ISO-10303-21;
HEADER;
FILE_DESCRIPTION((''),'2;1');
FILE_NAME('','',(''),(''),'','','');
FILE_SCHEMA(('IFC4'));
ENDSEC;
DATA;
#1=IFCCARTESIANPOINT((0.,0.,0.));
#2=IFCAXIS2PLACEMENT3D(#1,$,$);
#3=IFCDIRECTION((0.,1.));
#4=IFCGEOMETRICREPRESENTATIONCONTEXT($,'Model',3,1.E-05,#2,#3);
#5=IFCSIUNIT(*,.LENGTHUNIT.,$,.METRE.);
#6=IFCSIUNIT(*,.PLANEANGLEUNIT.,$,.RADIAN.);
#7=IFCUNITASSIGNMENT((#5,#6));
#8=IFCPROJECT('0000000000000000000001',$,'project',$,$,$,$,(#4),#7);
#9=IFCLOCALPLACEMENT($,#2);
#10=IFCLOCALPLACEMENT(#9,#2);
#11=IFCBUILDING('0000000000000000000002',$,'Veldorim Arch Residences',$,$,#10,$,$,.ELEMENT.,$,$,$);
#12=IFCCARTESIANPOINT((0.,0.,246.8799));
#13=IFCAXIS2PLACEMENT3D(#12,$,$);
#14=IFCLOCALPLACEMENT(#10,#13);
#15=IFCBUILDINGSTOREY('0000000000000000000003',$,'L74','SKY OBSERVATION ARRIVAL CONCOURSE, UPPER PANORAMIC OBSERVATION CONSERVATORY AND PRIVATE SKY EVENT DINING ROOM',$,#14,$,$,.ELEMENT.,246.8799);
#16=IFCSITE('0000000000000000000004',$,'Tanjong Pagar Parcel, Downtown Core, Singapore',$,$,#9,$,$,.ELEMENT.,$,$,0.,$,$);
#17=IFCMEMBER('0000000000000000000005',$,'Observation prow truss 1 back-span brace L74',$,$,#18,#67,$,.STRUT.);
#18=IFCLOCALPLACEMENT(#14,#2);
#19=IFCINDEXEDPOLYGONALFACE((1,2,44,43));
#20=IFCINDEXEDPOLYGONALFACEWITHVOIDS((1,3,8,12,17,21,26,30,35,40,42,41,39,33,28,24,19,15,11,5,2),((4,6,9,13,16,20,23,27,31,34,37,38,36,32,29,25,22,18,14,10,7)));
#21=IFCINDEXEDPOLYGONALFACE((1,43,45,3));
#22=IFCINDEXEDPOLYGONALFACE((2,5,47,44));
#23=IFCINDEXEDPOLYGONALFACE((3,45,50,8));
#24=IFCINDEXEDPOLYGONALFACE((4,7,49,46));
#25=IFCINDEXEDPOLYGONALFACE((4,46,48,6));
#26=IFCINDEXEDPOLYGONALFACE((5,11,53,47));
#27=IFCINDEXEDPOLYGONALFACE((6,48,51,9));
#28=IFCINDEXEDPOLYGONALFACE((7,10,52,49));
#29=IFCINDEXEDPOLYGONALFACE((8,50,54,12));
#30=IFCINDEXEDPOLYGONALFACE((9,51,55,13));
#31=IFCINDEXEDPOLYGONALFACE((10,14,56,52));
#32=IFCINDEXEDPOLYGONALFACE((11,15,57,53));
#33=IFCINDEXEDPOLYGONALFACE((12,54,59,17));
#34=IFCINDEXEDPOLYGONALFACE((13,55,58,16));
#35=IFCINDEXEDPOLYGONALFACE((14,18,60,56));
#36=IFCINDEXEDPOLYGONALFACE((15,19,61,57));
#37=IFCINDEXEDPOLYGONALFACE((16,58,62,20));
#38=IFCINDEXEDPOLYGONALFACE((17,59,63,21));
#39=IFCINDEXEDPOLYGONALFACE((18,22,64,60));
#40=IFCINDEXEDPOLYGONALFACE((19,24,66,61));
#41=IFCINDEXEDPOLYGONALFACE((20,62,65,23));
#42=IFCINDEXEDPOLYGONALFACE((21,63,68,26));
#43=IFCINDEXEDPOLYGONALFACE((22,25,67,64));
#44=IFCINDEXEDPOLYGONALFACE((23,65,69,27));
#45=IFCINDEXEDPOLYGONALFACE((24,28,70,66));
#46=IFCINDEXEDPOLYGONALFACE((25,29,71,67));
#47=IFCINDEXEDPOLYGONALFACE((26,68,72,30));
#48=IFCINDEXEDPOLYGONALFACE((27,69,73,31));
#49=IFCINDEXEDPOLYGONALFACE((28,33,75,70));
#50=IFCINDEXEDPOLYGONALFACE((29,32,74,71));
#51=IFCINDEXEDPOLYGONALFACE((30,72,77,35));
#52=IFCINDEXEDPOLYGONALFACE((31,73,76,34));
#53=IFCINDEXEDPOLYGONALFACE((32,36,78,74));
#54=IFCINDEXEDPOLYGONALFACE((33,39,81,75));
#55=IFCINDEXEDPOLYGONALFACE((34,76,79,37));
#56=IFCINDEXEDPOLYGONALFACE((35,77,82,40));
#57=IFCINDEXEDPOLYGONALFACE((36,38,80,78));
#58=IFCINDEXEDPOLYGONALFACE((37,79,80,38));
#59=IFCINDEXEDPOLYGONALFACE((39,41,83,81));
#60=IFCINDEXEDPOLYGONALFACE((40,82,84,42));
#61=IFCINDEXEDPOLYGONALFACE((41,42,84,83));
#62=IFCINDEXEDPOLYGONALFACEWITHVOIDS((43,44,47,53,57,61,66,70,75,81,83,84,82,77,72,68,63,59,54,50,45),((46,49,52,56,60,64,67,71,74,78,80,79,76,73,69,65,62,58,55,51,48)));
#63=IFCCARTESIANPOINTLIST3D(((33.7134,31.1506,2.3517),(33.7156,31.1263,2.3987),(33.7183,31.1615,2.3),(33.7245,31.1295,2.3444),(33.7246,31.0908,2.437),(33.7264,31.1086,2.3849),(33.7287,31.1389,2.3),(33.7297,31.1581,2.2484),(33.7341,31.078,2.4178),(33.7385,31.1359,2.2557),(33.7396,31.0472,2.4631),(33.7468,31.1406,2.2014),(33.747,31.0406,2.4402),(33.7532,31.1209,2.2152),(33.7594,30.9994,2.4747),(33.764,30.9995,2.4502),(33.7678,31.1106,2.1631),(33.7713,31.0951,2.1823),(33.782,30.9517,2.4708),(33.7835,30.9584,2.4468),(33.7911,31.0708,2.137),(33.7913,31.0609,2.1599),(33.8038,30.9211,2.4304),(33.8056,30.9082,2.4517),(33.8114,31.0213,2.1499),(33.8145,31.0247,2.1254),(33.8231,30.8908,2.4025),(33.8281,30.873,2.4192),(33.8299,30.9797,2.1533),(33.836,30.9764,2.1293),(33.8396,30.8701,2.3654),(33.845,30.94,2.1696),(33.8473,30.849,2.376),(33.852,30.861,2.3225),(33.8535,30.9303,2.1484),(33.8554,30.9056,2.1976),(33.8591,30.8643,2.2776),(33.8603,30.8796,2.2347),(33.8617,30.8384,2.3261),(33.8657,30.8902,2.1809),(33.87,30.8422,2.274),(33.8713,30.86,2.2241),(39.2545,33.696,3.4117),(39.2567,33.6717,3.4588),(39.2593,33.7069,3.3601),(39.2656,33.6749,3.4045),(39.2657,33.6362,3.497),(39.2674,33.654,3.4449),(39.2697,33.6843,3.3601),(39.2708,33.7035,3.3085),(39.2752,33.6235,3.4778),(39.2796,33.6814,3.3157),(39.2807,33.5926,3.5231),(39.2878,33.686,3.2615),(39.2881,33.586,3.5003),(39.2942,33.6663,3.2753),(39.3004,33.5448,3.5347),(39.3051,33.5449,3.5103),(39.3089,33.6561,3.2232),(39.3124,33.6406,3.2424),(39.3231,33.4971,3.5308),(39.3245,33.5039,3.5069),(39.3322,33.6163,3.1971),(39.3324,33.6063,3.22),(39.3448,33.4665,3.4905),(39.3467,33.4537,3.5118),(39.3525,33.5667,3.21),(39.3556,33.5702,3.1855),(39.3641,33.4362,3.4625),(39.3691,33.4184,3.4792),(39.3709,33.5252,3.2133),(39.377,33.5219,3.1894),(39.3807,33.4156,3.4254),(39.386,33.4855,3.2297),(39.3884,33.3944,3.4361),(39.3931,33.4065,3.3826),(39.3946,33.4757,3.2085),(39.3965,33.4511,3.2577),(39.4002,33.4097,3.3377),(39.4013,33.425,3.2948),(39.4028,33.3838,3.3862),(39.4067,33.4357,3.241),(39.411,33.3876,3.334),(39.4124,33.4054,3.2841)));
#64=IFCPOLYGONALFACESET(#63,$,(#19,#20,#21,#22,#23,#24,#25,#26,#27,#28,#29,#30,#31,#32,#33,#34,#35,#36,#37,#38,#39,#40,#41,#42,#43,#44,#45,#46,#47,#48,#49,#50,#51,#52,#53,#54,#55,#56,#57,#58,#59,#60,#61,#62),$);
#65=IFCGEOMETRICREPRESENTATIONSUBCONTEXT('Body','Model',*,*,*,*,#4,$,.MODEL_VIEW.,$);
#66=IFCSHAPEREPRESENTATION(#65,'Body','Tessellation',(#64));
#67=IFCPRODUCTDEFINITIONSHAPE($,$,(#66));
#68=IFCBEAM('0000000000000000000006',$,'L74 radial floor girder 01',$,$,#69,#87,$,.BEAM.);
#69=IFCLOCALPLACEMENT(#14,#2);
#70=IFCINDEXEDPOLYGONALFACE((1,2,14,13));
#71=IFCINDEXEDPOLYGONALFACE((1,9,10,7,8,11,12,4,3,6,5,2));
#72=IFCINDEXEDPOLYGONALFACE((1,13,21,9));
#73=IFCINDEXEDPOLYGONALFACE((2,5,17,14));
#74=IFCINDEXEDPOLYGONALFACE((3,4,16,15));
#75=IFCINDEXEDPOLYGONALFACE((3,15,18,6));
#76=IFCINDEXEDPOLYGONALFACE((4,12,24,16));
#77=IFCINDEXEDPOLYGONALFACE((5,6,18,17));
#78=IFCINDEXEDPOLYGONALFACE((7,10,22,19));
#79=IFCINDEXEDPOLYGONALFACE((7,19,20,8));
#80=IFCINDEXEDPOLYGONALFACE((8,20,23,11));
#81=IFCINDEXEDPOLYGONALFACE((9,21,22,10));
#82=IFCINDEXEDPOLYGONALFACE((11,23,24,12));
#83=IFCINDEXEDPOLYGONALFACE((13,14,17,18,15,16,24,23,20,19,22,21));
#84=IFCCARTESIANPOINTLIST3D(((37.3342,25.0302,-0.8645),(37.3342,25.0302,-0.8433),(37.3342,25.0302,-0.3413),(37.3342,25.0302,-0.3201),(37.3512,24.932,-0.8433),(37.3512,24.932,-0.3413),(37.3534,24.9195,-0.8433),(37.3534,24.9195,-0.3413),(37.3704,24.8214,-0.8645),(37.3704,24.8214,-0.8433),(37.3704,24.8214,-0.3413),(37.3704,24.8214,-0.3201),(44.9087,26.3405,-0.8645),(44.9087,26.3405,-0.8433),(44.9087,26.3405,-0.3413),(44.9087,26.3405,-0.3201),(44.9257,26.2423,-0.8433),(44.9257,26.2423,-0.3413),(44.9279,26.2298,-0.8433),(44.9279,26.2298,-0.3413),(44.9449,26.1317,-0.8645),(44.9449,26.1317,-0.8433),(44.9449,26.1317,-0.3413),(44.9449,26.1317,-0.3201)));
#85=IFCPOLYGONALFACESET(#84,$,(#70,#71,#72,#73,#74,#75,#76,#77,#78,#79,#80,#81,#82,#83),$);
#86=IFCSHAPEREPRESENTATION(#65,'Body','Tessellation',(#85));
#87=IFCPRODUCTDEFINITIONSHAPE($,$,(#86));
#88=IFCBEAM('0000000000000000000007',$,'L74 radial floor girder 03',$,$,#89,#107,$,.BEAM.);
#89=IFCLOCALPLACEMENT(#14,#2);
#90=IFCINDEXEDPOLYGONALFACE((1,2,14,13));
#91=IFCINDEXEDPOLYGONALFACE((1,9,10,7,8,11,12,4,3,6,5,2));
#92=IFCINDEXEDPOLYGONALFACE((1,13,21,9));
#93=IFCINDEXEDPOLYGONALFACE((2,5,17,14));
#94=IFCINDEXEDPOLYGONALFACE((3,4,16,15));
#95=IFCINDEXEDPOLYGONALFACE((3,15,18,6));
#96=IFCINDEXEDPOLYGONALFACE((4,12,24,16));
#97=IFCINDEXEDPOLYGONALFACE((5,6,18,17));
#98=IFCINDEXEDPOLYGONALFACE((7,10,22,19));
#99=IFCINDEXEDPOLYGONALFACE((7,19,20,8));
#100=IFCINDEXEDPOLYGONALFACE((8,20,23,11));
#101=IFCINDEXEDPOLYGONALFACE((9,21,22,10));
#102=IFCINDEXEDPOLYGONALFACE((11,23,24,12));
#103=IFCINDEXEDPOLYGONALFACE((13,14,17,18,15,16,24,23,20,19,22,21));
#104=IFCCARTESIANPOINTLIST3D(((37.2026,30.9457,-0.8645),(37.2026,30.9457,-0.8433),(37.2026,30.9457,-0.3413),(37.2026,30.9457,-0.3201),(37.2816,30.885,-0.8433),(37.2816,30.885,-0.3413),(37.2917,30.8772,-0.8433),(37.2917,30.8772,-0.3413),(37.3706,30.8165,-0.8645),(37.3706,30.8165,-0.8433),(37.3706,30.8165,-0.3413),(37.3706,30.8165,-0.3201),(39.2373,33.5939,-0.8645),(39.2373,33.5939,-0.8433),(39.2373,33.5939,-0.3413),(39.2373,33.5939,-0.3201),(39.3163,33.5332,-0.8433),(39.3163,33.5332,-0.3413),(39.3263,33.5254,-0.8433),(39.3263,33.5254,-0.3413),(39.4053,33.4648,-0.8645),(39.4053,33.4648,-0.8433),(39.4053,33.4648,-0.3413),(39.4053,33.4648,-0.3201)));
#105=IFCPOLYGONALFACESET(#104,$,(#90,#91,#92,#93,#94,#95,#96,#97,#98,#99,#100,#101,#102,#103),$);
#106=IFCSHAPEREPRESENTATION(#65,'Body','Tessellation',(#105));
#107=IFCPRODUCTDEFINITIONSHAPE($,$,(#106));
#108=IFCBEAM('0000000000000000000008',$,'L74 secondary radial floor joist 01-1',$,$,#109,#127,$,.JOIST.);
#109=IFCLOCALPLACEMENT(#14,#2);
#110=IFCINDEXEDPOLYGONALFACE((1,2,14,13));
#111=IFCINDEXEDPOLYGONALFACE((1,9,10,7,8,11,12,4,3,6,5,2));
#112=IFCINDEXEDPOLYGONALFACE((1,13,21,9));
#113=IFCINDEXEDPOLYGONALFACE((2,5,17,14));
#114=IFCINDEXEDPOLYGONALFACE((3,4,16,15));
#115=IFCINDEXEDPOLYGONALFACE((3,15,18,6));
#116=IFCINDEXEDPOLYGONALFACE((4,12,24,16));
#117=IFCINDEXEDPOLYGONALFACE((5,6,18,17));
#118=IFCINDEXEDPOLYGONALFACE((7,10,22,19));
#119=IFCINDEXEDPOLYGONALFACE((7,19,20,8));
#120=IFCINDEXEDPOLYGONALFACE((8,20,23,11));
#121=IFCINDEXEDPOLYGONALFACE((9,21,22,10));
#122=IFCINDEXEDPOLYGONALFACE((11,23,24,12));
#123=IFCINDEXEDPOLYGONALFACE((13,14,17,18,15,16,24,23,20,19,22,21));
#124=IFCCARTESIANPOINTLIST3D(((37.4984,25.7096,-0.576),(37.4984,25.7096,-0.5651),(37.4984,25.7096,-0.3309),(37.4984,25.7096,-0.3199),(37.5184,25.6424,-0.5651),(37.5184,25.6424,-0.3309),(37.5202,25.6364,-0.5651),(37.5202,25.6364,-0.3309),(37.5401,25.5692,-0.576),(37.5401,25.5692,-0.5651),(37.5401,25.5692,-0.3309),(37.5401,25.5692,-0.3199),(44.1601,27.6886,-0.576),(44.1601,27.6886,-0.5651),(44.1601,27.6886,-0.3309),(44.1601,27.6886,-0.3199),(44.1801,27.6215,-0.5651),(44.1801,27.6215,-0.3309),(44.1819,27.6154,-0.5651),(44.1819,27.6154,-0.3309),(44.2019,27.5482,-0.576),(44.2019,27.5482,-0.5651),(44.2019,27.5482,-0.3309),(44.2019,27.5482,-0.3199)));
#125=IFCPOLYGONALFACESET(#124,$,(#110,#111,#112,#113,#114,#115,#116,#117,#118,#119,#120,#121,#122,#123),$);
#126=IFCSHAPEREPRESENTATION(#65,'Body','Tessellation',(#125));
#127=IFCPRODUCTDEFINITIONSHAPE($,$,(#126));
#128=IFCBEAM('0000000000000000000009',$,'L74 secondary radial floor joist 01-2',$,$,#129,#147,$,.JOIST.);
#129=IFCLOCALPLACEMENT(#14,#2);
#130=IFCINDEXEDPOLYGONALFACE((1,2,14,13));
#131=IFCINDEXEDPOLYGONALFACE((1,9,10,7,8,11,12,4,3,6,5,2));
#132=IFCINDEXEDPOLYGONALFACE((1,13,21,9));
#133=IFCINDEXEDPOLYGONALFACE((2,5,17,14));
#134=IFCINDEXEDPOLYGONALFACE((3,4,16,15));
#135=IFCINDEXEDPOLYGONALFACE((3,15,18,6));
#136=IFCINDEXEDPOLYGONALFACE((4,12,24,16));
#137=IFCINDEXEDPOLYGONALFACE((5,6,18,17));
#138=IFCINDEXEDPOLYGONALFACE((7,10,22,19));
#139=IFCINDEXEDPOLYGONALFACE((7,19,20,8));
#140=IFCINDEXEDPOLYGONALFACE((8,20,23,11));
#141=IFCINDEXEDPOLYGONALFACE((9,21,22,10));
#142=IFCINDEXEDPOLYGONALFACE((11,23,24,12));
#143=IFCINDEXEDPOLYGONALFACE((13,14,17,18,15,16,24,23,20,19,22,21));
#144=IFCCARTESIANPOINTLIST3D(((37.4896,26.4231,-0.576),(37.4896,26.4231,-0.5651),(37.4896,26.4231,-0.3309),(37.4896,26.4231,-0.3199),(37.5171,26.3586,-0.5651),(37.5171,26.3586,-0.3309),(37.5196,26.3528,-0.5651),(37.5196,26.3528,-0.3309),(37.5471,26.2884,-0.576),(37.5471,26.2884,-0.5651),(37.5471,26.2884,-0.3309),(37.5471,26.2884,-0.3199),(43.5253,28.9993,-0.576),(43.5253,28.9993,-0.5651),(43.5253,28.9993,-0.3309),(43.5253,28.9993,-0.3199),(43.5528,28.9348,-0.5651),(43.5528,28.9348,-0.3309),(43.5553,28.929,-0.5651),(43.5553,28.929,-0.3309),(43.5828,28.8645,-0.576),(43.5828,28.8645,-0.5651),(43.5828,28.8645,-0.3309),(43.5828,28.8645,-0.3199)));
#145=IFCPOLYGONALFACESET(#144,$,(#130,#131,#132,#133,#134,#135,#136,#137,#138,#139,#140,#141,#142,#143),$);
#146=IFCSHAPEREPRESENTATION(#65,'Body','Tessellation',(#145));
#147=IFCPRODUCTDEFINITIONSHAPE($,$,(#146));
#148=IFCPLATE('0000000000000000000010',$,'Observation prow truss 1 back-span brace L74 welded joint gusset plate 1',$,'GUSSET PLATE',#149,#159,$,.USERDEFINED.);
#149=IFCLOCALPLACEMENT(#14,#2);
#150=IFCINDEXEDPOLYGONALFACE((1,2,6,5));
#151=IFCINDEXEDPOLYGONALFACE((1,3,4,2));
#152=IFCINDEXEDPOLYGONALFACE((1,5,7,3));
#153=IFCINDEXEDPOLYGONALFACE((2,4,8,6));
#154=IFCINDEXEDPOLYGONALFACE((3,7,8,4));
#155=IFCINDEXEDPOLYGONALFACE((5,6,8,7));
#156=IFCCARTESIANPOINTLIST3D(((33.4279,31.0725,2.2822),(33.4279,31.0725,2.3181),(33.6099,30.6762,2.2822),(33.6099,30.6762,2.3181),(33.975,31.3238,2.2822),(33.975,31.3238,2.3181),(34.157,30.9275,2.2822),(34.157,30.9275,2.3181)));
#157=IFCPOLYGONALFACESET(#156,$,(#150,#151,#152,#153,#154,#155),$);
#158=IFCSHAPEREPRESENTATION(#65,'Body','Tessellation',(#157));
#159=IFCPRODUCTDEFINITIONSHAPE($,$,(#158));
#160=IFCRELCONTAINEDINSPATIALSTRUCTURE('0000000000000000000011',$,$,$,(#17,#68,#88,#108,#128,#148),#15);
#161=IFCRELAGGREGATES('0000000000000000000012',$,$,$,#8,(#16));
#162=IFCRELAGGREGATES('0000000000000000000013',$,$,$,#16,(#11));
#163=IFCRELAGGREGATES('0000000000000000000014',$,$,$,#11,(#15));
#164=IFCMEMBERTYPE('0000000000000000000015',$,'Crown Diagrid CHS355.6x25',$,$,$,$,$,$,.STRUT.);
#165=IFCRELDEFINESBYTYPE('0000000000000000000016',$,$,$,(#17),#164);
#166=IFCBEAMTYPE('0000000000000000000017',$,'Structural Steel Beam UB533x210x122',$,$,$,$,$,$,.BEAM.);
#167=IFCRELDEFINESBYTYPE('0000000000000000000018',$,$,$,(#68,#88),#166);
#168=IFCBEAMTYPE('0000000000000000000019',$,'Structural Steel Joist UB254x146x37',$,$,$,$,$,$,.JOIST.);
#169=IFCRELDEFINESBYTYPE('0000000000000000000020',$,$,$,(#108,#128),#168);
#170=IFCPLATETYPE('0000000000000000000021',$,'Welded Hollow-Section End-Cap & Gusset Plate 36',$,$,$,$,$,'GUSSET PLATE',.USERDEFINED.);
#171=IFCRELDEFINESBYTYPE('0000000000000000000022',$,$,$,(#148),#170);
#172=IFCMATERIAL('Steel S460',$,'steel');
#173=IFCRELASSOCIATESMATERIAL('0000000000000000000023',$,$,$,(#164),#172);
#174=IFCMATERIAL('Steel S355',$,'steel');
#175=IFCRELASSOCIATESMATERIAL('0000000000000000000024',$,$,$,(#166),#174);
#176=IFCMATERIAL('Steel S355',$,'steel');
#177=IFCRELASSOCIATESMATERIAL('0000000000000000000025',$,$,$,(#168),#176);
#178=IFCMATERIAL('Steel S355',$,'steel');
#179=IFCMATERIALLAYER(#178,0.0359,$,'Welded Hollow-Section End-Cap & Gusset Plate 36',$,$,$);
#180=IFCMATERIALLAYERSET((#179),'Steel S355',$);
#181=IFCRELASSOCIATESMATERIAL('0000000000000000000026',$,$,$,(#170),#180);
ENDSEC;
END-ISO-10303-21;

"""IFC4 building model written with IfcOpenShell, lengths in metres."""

from ifc_helpers import new_model, si_unit, direction, frame, origin, origin_2d, place, context, subcontext, project, spatial, rectangle, hollow_circle, i_section, extrude, material, layer, layer_set, material_profile, profile_set, type_object, element, save


model = new_model("IFC4")

# Units and contexts
model_context = context("Model", 3, precision=1e-05, world=origin(), true_north=direction((0.0, 1.0)))
body_context = subcontext(model_context, "Body", "Model", "MODEL_VIEW")
ifc_project = project(units=[si_unit("LENGTHUNIT", "METRE"), si_unit("PLANEANGLEUNIT", "RADIAN")], contexts=[model_context])

# Site, building, storey
site_placement = place(None, origin())
site = spatial("IfcSite", under=ifc_project, at=site_placement, Name="Tanjong Pagar Parcel, Downtown Core, Singapore", CompositionType="ELEMENT", RefElevation=0.0)
building_placement = place(site_placement, origin())
building = spatial("IfcBuilding", under=site, at=building_placement, Name="Veldorim Arch Residences", CompositionType="ELEMENT")
storey_placement = place(building_placement, frame((0.0, 0.0, 246.8799)))
storey = spatial("IfcBuildingStorey", under=building, at=storey_placement, Name="L74", Description="SKY OBSERVATION ARRIVAL CONCOURSE, UPPER PANORAMIC OBSERVATION CONSERVATORY AND PRIVATE SKY EVENT DINING ROOM", CompositionType="ELEMENT", Elevation=246.8799)

# Member
ifc_material_1 = material(Name="Steel S460", Category="steel")
ifc_material_profile_1 = material_profile(ifc_material_1, hollow_circle(Radius=0.1777, WallThickness=0.0249, at=origin_2d()), Name="CHS355.6x25")
ifc_profile_set_1 = profile_set([ifc_material_profile_1], Name="Steel S460")
member_type = type_object("IfcMemberType", Name="Crown Diagrid CHS355.6x25", PredefinedType="STRUT", material=ifc_profile_set_1)
member_placement = place(storey_placement, frame((33.7925, 31.0, 2.3), z_axis=(0.895278, 0.411269, 0.171277), x_axis=(-0.417438, 0.908706, 0.0)))
element("IfcMember", 1, at=member_placement, inside=storey, type_object=member_type, Name="Observation prow truss 1 back-span brace L74", PredefinedType="STRUT", context=body_context, shape_type="SweptSolid", body=[
    extrude(hollow_circle(Radius=0.1777, WallThickness=0.0249, at=origin_2d()), origin(), (0.0, 0.0, 1.0), 6.1892),
])

# Beams
ifc_material_2 = material(Name="Steel S355", Category="steel")
ifc_material_profile_2 = material_profile(ifc_material_2, i_section(OverallWidth=0.2119, OverallDepth=0.5444, WebThickness=0.0127, FlangeThickness=0.0212, at=origin_2d()), Name="UB533x210x122")
ifc_profile_set_2 = profile_set([ifc_material_profile_2], Name="Steel S355")
beam_type_1 = type_object("IfcBeamType", Name="Structural Steel Beam UB533x210x122", PredefinedType="BEAM", material=ifc_profile_set_2)
beam_1_placement = place(storey_placement, frame((37.3523, 24.9258, -0.5923), z_axis=(0.985365, 0.170458, 0.0), x_axis=(-0.170458, 0.985365, 0.0)))
element("IfcBeam", 2, at=beam_1_placement, inside=storey, type_object=beam_type_1, Name="L74 radial floor girder 01", PredefinedType="BEAM", context=body_context, shape_type="SweptSolid", body=[
    extrude(i_section(OverallWidth=0.2119, OverallDepth=0.5444, WebThickness=0.0127, FlangeThickness=0.0212, at=origin_2d()), origin(), (0.0, 0.0, 1.0), 7.687),
])
beam_2_placement = place(storey_placement, frame((37.2866, 30.8811, -0.5923), z_axis=(0.609258, 0.792972, 0.0), x_axis=(-0.792972, 0.609258, 0.0)))
element("IfcBeam", 3, at=beam_2_placement, inside=storey, type_object=beam_type_1, Name="L74 radial floor girder 03", PredefinedType="BEAM", context=body_context, shape_type="SweptSolid", body=[
    extrude(i_section(OverallWidth=0.2119, OverallDepth=0.5444, WebThickness=0.0127, FlangeThickness=0.0212, at=origin_2d()), origin(), (0.0, 0.0, 1.0), 3.3396),
])
ifc_material_3 = material(Name="Steel S355", Category="steel")
ifc_material_profile_3 = material_profile(ifc_material_3, i_section(OverallWidth=0.1465, OverallDepth=0.2561, WebThickness=0.0063, FlangeThickness=0.011, at=origin_2d()), Name="UB254x146x37")
ifc_profile_set_3 = profile_set([ifc_material_profile_3], Name="Steel S355")
beam_type_2 = type_object("IfcBeamType", Name="Structural Steel Joist UB254x146x37", PredefinedType="JOIST", material=ifc_profile_set_3)
beam_3_placement = place(storey_placement, frame((37.5193, 25.6394, -0.448), z_axis=(0.958594, 0.284775, 0.0), x_axis=(-0.284775, 0.958594, 0.0)))
element("IfcBeam", 4, at=beam_3_placement, inside=storey, type_object=beam_type_2, Name="L74 secondary radial floor joist 01-1", PredefinedType="JOIST", context=body_context, shape_type="SweptSolid", body=[
    extrude(i_section(OverallWidth=0.1465, OverallDepth=0.2561, WebThickness=0.0063, FlangeThickness=0.011, at=origin_2d()), origin(), (0.0, 0.0, 1.0), 6.9495),
])
beam_4_placement = place(storey_placement, frame((37.5183, 26.3557, -0.448), z_axis=(0.919725, 0.392563, 0.0), x_axis=(-0.392563, 0.919725, 0.0)))
element("IfcBeam", 5, at=beam_4_placement, inside=storey, type_object=beam_type_2, Name="L74 secondary radial floor joist 01-2", PredefinedType="JOIST", context=body_context, shape_type="SweptSolid", body=[
    extrude(i_section(OverallWidth=0.1465, OverallDepth=0.2561, WebThickness=0.0063, FlangeThickness=0.011, at=origin_2d()), origin(), (0.0, 0.0, 1.0), 6.5625),
])

# Plate
ifc_material_4 = material(Name="Steel S355", Category="steel")
ifc_layer_1 = layer(ifc_material_4, 0.0359, Name="Welded Hollow-Section End-Cap & Gusset Plate 36")
ifc_layer_set_1 = layer_set([ifc_layer_1], Name="Steel S355")
plate_type = type_object("IfcPlateType", Name="Welded Hollow-Section End-Cap & Gusset Plate 36", ElementType="GUSSET PLATE", PredefinedType="USERDEFINED", material=ifc_layer_set_1)
plate_placement = place(storey_placement, frame((33.7925, 31.0, 2.2822), z_axis=(0.0, 0.0, 1.0), x_axis=(0.908712, 0.417423, 0.0)))
element("IfcPlate", 6, at=plate_placement, inside=storey, type_object=plate_type, Name="Observation prow truss 1 back-span brace L74 welded joint gusset plate 1", ObjectType="GUSSET PLATE", PredefinedType="USERDEFINED", context=body_context, shape_type="SweptSolid", body=[
    extrude(rectangle(XDim=0.6021, YDim=0.436, at=origin_2d()), origin(), (0.0, 0.0, 1.0), 0.0359),
])

save(model, "model.ifc")
